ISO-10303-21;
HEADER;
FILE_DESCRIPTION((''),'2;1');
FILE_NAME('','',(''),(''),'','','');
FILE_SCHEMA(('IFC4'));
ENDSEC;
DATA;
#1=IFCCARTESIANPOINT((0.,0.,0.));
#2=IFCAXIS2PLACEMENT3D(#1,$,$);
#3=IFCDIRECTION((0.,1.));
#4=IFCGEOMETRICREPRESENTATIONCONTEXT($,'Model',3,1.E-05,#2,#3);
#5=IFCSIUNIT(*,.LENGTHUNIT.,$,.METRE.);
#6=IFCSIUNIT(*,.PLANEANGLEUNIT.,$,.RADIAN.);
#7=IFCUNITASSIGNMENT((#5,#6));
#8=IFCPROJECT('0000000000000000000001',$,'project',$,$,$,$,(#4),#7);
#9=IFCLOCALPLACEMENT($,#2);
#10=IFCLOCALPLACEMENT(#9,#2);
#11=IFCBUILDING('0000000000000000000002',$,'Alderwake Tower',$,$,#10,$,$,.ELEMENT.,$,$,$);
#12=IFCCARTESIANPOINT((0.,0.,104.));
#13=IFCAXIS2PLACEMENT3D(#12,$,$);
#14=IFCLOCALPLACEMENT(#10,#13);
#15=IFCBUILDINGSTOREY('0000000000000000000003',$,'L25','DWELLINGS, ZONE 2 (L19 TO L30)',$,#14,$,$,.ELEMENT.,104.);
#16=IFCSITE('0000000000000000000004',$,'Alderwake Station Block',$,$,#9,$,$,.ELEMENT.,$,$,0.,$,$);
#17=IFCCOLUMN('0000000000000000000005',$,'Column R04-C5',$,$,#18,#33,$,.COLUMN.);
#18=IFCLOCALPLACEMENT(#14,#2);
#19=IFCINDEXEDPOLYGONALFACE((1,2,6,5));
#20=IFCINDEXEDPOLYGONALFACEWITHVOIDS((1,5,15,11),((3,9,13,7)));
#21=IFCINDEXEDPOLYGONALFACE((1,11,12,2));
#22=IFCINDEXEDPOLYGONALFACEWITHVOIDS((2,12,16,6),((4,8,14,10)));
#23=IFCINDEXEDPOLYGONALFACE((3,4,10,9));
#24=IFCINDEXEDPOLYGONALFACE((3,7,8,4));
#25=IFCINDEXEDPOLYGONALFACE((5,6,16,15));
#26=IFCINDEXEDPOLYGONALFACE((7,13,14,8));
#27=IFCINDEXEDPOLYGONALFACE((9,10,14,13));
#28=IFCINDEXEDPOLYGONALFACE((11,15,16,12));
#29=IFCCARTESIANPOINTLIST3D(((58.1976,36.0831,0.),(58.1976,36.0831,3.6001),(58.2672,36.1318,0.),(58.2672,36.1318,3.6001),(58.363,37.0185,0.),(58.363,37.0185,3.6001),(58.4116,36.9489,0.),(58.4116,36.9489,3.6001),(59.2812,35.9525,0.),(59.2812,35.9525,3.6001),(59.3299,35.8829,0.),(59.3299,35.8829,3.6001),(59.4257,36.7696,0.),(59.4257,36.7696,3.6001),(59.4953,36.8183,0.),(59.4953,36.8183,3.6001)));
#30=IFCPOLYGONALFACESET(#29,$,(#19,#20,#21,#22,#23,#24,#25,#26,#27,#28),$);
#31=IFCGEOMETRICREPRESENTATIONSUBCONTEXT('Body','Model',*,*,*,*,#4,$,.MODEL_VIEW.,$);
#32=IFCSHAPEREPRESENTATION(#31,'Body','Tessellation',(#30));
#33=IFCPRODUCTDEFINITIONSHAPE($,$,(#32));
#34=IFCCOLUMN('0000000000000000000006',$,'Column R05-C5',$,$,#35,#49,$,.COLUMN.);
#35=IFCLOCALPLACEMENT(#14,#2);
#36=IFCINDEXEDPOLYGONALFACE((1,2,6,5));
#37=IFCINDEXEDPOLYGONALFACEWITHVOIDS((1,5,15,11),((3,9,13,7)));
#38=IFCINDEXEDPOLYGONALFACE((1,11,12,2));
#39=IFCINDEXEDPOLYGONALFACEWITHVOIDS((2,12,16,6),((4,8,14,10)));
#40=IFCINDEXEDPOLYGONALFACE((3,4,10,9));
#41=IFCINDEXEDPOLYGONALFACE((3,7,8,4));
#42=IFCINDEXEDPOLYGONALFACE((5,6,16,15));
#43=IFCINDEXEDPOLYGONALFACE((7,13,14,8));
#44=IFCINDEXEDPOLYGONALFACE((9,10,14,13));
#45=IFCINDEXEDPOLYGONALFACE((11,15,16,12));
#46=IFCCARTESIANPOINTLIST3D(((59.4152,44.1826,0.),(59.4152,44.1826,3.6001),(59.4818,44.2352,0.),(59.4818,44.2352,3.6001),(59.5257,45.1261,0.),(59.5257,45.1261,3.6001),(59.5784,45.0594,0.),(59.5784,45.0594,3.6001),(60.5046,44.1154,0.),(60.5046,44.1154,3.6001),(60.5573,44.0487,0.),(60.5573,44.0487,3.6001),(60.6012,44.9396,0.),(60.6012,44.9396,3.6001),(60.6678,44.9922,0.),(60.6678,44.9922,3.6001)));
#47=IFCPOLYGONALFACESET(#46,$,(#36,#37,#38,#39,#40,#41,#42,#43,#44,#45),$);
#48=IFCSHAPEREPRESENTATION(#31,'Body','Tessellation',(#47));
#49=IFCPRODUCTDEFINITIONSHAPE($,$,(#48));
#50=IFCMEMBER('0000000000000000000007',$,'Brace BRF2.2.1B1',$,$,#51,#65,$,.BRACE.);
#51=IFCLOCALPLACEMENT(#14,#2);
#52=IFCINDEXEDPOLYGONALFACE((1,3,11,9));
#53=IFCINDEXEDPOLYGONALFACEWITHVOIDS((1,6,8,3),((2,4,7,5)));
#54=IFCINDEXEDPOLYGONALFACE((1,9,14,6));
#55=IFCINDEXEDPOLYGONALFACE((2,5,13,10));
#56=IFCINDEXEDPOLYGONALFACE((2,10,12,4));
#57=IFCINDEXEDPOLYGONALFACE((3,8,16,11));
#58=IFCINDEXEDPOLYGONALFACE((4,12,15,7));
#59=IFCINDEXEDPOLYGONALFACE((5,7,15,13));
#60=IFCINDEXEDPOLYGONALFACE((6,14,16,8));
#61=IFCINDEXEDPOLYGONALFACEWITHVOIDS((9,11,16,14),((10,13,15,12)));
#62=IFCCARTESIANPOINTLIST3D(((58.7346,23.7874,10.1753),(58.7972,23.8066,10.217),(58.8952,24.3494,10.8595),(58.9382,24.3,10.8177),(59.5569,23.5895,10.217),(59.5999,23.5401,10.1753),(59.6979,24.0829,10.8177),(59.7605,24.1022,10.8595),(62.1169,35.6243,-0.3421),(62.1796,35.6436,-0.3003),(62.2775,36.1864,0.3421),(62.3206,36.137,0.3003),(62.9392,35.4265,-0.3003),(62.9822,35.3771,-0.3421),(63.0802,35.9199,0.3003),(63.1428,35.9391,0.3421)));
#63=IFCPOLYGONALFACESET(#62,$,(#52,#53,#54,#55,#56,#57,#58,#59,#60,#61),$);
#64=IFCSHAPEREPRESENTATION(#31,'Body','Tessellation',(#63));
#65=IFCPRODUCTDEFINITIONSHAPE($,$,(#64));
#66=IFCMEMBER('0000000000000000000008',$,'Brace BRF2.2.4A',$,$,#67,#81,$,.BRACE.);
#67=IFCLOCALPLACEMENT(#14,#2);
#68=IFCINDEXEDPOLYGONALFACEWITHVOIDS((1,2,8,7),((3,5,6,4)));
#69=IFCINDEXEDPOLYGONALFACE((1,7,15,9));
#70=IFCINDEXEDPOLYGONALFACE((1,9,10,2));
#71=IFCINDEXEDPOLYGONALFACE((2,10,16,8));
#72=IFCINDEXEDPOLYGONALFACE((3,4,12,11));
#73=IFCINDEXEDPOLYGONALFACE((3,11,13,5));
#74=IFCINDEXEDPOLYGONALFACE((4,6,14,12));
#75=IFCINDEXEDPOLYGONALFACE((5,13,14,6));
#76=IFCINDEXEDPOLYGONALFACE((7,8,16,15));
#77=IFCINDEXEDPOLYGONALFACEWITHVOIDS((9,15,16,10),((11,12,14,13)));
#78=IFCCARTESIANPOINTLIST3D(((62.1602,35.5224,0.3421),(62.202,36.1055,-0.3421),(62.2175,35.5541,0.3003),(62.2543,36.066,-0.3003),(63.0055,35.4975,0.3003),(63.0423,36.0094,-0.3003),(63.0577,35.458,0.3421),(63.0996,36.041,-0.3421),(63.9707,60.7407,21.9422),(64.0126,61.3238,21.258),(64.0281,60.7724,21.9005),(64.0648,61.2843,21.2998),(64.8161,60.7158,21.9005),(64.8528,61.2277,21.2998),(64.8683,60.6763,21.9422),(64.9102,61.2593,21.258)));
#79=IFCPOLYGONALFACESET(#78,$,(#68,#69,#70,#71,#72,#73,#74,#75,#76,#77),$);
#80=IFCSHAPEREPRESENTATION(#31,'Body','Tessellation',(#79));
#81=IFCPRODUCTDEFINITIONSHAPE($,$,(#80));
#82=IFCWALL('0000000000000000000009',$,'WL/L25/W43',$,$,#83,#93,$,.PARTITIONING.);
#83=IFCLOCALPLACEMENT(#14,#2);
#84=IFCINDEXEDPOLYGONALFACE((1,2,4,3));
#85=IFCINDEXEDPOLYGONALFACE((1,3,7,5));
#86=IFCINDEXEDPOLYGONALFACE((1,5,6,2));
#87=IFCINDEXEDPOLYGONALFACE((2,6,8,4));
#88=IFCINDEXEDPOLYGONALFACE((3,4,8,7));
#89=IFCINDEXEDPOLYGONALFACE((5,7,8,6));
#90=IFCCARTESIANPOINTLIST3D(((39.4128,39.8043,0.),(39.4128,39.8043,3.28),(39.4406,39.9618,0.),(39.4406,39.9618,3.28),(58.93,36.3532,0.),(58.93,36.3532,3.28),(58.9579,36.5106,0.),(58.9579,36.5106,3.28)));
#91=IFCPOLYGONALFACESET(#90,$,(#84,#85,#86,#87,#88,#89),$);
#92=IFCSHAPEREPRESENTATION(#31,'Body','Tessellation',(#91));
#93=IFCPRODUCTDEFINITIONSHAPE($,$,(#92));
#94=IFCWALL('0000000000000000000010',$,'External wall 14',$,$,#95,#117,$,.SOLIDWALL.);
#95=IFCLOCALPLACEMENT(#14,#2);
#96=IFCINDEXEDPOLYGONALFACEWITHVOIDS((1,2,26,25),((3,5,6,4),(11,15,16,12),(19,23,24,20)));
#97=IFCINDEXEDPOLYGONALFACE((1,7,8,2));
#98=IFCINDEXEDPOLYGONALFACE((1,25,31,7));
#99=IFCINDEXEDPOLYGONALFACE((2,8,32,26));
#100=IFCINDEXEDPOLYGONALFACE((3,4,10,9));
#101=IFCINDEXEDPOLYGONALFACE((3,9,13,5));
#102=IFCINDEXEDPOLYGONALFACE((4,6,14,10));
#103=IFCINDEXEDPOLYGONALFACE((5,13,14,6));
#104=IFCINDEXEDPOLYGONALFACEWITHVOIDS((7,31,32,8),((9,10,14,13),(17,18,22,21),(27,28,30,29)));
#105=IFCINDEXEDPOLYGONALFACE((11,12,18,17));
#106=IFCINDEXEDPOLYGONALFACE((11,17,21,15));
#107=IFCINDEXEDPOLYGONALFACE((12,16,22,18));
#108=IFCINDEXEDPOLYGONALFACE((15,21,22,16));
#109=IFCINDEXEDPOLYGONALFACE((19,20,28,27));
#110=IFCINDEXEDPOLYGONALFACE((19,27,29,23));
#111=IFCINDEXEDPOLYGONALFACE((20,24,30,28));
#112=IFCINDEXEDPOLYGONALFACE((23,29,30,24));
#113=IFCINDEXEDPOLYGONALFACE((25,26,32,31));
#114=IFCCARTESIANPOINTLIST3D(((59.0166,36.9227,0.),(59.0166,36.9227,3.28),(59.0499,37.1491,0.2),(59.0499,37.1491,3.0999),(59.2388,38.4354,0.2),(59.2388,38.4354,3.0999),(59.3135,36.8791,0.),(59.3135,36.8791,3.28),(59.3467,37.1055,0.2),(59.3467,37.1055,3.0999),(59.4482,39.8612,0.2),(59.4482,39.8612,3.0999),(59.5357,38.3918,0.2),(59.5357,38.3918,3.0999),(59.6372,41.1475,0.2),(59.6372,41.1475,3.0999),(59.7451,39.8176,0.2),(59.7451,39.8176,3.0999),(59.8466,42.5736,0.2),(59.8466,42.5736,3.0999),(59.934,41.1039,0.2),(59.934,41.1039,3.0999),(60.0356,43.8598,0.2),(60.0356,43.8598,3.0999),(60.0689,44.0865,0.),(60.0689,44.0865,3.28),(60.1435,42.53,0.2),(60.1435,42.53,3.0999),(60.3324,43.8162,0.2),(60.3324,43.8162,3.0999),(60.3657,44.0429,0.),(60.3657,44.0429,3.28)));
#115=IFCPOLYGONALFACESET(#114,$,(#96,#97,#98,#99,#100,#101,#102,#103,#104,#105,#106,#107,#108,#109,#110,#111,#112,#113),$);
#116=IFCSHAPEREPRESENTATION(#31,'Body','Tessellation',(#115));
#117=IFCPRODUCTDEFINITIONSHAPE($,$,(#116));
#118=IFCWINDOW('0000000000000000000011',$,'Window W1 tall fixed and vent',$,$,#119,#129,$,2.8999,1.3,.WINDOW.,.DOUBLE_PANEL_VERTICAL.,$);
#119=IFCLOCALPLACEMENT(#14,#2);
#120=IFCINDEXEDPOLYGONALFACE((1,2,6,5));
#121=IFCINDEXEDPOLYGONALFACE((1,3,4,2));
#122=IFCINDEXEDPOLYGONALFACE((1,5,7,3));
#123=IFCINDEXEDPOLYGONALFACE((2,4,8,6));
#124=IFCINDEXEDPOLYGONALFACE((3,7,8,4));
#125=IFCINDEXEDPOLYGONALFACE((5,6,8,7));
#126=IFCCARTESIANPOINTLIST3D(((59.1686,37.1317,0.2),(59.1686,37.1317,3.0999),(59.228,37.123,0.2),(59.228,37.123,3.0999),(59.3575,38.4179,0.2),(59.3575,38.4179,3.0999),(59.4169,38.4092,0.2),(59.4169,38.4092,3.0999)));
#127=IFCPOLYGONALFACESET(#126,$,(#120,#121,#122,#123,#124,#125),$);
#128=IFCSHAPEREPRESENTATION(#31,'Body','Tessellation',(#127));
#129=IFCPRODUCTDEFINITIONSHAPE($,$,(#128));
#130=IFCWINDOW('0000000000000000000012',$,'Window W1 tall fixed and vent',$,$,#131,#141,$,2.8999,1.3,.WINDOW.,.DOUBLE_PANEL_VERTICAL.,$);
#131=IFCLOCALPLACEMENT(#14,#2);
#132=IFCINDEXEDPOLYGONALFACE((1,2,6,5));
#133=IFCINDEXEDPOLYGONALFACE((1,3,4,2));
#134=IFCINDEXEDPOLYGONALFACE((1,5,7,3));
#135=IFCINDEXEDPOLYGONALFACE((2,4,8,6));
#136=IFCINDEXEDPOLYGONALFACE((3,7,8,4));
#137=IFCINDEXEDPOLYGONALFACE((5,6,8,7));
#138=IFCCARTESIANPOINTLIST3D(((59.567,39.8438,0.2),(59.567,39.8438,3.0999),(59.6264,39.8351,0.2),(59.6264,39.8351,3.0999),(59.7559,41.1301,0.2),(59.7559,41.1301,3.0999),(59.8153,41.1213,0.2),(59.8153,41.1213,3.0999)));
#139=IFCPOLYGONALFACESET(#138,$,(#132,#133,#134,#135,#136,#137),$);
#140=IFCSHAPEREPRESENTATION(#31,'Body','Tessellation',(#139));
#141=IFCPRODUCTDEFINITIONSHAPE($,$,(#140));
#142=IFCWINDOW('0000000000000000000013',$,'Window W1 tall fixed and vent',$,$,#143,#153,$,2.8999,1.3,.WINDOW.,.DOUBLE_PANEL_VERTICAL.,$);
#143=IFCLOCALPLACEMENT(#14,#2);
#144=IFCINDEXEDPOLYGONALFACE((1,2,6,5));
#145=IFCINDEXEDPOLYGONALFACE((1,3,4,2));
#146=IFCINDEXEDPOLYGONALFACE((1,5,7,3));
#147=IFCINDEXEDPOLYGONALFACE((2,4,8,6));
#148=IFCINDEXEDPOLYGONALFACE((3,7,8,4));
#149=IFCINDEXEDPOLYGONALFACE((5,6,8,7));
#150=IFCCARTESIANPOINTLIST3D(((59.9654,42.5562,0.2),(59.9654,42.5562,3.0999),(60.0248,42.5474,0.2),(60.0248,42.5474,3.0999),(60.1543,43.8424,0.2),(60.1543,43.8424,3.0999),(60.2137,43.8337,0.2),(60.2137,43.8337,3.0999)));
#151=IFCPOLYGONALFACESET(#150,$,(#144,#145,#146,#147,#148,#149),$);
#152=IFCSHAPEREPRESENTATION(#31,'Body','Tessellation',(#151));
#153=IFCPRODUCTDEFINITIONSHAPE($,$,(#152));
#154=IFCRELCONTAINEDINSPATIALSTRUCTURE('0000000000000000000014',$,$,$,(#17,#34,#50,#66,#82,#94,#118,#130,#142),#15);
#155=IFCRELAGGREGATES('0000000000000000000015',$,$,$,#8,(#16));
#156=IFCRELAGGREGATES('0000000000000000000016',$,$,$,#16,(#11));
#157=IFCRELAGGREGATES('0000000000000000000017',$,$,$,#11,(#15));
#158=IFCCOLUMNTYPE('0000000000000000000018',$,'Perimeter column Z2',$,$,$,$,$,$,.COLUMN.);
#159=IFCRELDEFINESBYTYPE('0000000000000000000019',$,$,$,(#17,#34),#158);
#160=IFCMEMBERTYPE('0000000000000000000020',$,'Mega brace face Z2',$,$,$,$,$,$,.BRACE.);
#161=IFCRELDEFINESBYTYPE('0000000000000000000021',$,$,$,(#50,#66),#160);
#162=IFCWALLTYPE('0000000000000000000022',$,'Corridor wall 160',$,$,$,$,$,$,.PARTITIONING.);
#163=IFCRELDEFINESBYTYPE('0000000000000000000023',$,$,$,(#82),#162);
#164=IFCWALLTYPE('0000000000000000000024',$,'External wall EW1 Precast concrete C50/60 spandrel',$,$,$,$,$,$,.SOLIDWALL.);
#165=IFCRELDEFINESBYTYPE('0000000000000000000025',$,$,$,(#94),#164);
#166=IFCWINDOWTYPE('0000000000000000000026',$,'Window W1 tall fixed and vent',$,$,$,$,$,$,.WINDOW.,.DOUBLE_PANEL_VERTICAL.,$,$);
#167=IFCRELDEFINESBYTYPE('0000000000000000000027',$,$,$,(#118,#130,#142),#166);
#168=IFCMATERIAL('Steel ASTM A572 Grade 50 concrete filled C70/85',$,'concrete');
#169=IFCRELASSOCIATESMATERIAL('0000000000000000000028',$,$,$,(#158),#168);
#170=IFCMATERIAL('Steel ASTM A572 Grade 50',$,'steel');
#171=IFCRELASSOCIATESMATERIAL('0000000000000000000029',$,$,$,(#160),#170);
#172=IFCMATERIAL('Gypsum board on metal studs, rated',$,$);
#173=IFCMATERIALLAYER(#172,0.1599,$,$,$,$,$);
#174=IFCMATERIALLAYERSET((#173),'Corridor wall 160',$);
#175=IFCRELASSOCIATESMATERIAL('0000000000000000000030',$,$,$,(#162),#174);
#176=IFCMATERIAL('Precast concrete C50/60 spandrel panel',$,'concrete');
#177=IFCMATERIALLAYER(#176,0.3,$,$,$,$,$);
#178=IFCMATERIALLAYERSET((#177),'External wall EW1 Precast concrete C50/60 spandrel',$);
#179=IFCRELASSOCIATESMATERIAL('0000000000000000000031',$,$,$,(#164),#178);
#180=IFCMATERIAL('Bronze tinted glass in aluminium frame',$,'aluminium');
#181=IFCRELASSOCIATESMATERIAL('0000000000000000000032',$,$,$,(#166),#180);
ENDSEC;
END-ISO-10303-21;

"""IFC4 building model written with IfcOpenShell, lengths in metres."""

from ifc_helpers import new_model, si_unit, direction, frame, frame_2d, origin, origin_2d, place, context, subcontext, project, spatial, rectangle, hollow_rectangle, extrude, material, layer, layer_set, material_profile, profile_set, type_object, element, fill, save


model = new_model("IFC4")

# Units and contexts
model_context = context("Model", 3, precision=1e-05, world=origin(), true_north=direction((0.0, 1.0)))
body_context = subcontext(model_context, "Body", "Model", "MODEL_VIEW")
ifc_project = project(units=[si_unit("LENGTHUNIT", "METRE"), si_unit("PLANEANGLEUNIT", "RADIAN")], contexts=[model_context])

# Site, building, storey
site_placement = place(None, origin())
site = spatial("IfcSite", under=ifc_project, at=site_placement, Name="Alderwake Station Block", CompositionType="ELEMENT", RefElevation=0.0)
building_placement = place(site_placement, origin())
building = spatial("IfcBuilding", under=site, at=building_placement, Name="Alderwake Tower", CompositionType="ELEMENT")
storey_placement = place(building_placement, frame((0.0, 0.0, 104.0)))
storey = spatial("IfcBuildingStorey", under=building, at=storey_placement, Name="L25", Description="DWELLINGS, ZONE 2 (L19 TO L30)", CompositionType="ELEMENT", Elevation=104.0)

# Columns
ifc_material_1 = material(Name="Steel ASTM A572 Grade 50 concrete filled C70/85", Category="concrete")
ifc_material_profile_1 = material_profile(ifc_material_1, hollow_rectangle(XDim=0.95, YDim=1.1499, WallThickness=0.0601, at=origin_2d()), Name="BOX 1150X950X60")
ifc_profile_set_1 = profile_set([ifc_material_profile_1], Name="Steel ASTM A572 Grade 50 concrete filled C70/85")
column_type = type_object("IfcColumnType", Name="Perimeter column Z2", PredefinedType="COLUMN", material=ifc_profile_set_1)
for number, where, z_axis, x_axis, name in (
    (1, (58.8464, 36.4507, 0.0), (0.0, 0.0, 1.0), (0.174107, 0.984727, 0.0), "Column R04-C5"),
    (2, (60.0415, 44.5874, 0.0), (0.0, 0.0, 1.0), (0.116402, 0.993202, 0.0), "Column R05-C5"),
):
    element("IfcColumn", number, at=place(storey_placement, frame(where, z_axis=z_axis, x_axis=x_axis)), inside=storey, type_object=column_type, Name=name, PredefinedType="COLUMN", context=body_context, shape_type="SweptSolid", body=[
        extrude(hollow_rectangle(XDim=0.95, YDim=1.1499, WallThickness=0.0601, at=origin_2d()), origin(), (0.0, 0.0, 1.0), 3.6001),
    ])

# Members
ifc_material_2 = material(Name="Steel ASTM A572 Grade 50", Category="steel")
ifc_material_profile_2 = material_profile(ifc_material_2, hollow_rectangle(XDim=0.8999, YDim=0.8999, WallThickness=0.0549, at=origin_2d()), Name="BOX 900X900X55")
ifc_profile_set_2 = profile_set([ifc_material_profile_2], Name="Steel ASTM A572 Grade 50")
member_type = type_object("IfcMemberType", Name="Mega brace face Z2", PredefinedType="BRACE", material=ifc_profile_set_2)
member_1_placement = place(storey_placement, frame((62.6299, 35.7817, 0.0), z_axis=(-0.208894, -0.731054, 0.649556), x_axis=(0.961516, -0.274747, 0.0)))
element("IfcMember", 3, at=member_1_placement, inside=storey, type_object=member_type, Name="Brace BRF2.2.1B1", PredefinedType="BRACE", context=body_context, shape_type="SweptSolid", body=[
    extrude(hollow_rectangle(XDim=0.8999, YDim=0.8999, WallThickness=0.0549, at=origin_2d()), origin(), (0.0, 0.0, 1.0), 16.1917),
])
member_2_placement = place(storey_placement, frame((62.6299, 35.7817, 0.0), z_axis=(0.054447, 0.758361, 0.649556), x_axis=(-0.997433, 0.071611, 0.0)))
element("IfcMember", 4, at=member_2_placement, inside=storey, type_object=member_type, Name="Brace BRF2.2.4A", PredefinedType="BRACE", context=body_context, shape_type="SweptSolid", body=[
    extrude(hollow_rectangle(XDim=0.8999, YDim=0.8999, WallThickness=0.0549, at=origin_2d()), origin(), (0.0, 0.0, 1.0), 33.2537),
])

# Wall
ifc_material_3 = material(Name="Gypsum board on metal studs, rated")
ifc_layer_1 = layer(ifc_material_3, 0.1599)
ifc_layer_set_1 = layer_set([ifc_layer_1], Name="Corridor wall 160")
wall_type_1 = type_object("IfcWallType", Name="Corridor wall 160", PredefinedType="PARTITIONING", material=ifc_layer_set_1)
wall_1_placement = place(storey_placement, frame((58.9441, 36.4319, 0.0), z_axis=(0.0, 0.0, 1.0), x_axis=(-0.984724, 0.174125, 0.0)))
element("IfcWall", 5, at=wall_1_placement, inside=storey, type_object=wall_type_1, Name="WL/L25/W43", PredefinedType="PARTITIONING", context=body_context, shape_type="SweptSolid", body=[
    extrude(rectangle(XDim=19.8201, YDim=0.1599, at=frame_2d((9.9102, 0.0))), origin(), (0.0, 0.0, 1.0), 3.28),
])

# Wall, openings, windows
ifc_material_4 = material(Name="Precast concrete C50/60 spandrel panel", Category="concrete")
ifc_layer_2 = layer(ifc_material_4, 0.3)
ifc_layer_set_2 = layer_set([ifc_layer_2], Name="External wall EW1 Precast concrete C50/60 spandrel")
wall_type_2 = type_object("IfcWallType", Name="External wall EW1 Precast concrete C50/60 spandrel", PredefinedType="SOLIDWALL", material=ifc_layer_set_2)
wall_2_placement = place(storey_placement, frame((59.165, 36.9009, 0.0), z_axis=(0.0, 0.0, 1.0), x_axis=(0.145324, 0.989384, 0.0)))
wall_2 = element("IfcWall", 6, at=wall_2_placement, inside=storey, type_object=wall_type_2, Name="External wall 14", PredefinedType="SOLIDWALL", context=body_context, shape_type="SweptSolid", body=[
    extrude(rectangle(XDim=7.2407, YDim=0.3, at=frame_2d((3.6204, 0.0))), origin(), (0.0, 0.0, 1.0), 3.28),
])
opening_1_placement = place(wall_2_placement, frame((0.229, 0.0, 0.2)))
opening_1 = element("IfcOpeningElement", 7, at=opening_1_placement, cuts=wall_2, PredefinedType="OPENING", context=body_context, shape_type="SweptSolid", body=[
    extrude(rectangle(XDim=1.3, YDim=2.8999, at=frame_2d((0.6499, 1.45))), frame((0.0, 0.1599, 0.0), z_axis=(0.0, -1.0, 0.0), x_axis=(1.0, 0.0, 0.0)), (0.0, 0.0, 1.0), 0.3201),
])
opening_2_placement = place(wall_2_placement, frame((2.9702, 0.0, 0.2)))
opening_2 = element("IfcOpeningElement", 8, at=opening_2_placement, cuts=wall_2, PredefinedType="OPENING", context=body_context, shape_type="SweptSolid", body=[
    extrude(rectangle(XDim=1.3, YDim=2.8999, at=frame_2d((0.6499, 1.45))), frame((0.0, 0.1599, 0.0), z_axis=(0.0, -1.0, 0.0), x_axis=(1.0, 0.0, 0.0)), (0.0, 0.0, 1.0), 0.3201),
])
opening_3_placement = place(wall_2_placement, frame((5.7117, 0.0, 0.2)))
opening_3 = element("IfcOpeningElement", 9, at=opening_3_placement, cuts=wall_2, PredefinedType="OPENING", context=body_context, shape_type="SweptSolid", body=[
    extrude(rectangle(XDim=1.3, YDim=2.8999, at=frame_2d((0.6499, 1.45))), frame((0.0, 0.1599, 0.0), z_axis=(0.0, -1.0, 0.0), x_axis=(1.0, 0.0, 0.0)), (0.0, 0.0, 1.0), 0.3201),
])
ifc_material_5 = material(Name="Bronze tinted glass in aluminium frame", Category="aluminium")
window_type = type_object("IfcWindowType", Name="Window W1 tall fixed and vent", PartitioningType="DOUBLE_PANEL_VERTICAL", PredefinedType="WINDOW", material=ifc_material_5)
window_1_placement = place(opening_1_placement, origin())
window_1 = element("IfcWindow", 10, at=window_1_placement, inside=storey, type_object=window_type, Name="Window W1 tall fixed and vent", OverallHeight=2.8999, OverallWidth=1.3, PartitioningType="DOUBLE_PANEL_VERTICAL", PredefinedType="WINDOW", context=body_context, shape_type="SweptSolid", body=[
    extrude(rectangle(XDim=1.3, YDim=2.8999, at=frame_2d((0.6499, 1.45))), frame((0.0, 0.03, 0.0), z_axis=(0.0, -1.0, 0.0), x_axis=(1.0, 0.0, 0.0)), (0.0, 0.0, 1.0), 0.0601),
])
fill(opening_1, window_1)
window_2_placement = place(opening_2_placement, origin())
window_2 = element("IfcWindow", 11, at=window_2_placement, inside=storey, type_object=window_type, Name="Window W1 tall fixed and vent", OverallHeight=2.8999, OverallWidth=1.3, PartitioningType="DOUBLE_PANEL_VERTICAL", PredefinedType="WINDOW", context=body_context, shape_type="SweptSolid", body=[
    extrude(rectangle(XDim=1.3, YDim=2.8999, at=frame_2d((0.6499, 1.45))), frame((0.0, 0.03, 0.0), z_axis=(0.0, -1.0, 0.0), x_axis=(1.0, 0.0, 0.0)), (0.0, 0.0, 1.0), 0.0601),
])
fill(opening_2, window_2)
window_3_placement = place(opening_3_placement, origin())
window_3 = element("IfcWindow", 12, at=window_3_placement, inside=storey, type_object=window_type, Name="Window W1 tall fixed and vent", OverallHeight=2.8999, OverallWidth=1.3, PartitioningType="DOUBLE_PANEL_VERTICAL", PredefinedType="WINDOW", context=body_context, shape_type="SweptSolid", body=[
    extrude(rectangle(XDim=1.3, YDim=2.8999, at=frame_2d((0.6499, 1.45))), frame((0.0, 0.03, 0.0), z_axis=(0.0, -1.0, 0.0), x_axis=(1.0, 0.0, 0.0)), (0.0, 0.0, 1.0), 0.0601),
])
fill(opening_3, window_3)

save(model, "model.ifc")
